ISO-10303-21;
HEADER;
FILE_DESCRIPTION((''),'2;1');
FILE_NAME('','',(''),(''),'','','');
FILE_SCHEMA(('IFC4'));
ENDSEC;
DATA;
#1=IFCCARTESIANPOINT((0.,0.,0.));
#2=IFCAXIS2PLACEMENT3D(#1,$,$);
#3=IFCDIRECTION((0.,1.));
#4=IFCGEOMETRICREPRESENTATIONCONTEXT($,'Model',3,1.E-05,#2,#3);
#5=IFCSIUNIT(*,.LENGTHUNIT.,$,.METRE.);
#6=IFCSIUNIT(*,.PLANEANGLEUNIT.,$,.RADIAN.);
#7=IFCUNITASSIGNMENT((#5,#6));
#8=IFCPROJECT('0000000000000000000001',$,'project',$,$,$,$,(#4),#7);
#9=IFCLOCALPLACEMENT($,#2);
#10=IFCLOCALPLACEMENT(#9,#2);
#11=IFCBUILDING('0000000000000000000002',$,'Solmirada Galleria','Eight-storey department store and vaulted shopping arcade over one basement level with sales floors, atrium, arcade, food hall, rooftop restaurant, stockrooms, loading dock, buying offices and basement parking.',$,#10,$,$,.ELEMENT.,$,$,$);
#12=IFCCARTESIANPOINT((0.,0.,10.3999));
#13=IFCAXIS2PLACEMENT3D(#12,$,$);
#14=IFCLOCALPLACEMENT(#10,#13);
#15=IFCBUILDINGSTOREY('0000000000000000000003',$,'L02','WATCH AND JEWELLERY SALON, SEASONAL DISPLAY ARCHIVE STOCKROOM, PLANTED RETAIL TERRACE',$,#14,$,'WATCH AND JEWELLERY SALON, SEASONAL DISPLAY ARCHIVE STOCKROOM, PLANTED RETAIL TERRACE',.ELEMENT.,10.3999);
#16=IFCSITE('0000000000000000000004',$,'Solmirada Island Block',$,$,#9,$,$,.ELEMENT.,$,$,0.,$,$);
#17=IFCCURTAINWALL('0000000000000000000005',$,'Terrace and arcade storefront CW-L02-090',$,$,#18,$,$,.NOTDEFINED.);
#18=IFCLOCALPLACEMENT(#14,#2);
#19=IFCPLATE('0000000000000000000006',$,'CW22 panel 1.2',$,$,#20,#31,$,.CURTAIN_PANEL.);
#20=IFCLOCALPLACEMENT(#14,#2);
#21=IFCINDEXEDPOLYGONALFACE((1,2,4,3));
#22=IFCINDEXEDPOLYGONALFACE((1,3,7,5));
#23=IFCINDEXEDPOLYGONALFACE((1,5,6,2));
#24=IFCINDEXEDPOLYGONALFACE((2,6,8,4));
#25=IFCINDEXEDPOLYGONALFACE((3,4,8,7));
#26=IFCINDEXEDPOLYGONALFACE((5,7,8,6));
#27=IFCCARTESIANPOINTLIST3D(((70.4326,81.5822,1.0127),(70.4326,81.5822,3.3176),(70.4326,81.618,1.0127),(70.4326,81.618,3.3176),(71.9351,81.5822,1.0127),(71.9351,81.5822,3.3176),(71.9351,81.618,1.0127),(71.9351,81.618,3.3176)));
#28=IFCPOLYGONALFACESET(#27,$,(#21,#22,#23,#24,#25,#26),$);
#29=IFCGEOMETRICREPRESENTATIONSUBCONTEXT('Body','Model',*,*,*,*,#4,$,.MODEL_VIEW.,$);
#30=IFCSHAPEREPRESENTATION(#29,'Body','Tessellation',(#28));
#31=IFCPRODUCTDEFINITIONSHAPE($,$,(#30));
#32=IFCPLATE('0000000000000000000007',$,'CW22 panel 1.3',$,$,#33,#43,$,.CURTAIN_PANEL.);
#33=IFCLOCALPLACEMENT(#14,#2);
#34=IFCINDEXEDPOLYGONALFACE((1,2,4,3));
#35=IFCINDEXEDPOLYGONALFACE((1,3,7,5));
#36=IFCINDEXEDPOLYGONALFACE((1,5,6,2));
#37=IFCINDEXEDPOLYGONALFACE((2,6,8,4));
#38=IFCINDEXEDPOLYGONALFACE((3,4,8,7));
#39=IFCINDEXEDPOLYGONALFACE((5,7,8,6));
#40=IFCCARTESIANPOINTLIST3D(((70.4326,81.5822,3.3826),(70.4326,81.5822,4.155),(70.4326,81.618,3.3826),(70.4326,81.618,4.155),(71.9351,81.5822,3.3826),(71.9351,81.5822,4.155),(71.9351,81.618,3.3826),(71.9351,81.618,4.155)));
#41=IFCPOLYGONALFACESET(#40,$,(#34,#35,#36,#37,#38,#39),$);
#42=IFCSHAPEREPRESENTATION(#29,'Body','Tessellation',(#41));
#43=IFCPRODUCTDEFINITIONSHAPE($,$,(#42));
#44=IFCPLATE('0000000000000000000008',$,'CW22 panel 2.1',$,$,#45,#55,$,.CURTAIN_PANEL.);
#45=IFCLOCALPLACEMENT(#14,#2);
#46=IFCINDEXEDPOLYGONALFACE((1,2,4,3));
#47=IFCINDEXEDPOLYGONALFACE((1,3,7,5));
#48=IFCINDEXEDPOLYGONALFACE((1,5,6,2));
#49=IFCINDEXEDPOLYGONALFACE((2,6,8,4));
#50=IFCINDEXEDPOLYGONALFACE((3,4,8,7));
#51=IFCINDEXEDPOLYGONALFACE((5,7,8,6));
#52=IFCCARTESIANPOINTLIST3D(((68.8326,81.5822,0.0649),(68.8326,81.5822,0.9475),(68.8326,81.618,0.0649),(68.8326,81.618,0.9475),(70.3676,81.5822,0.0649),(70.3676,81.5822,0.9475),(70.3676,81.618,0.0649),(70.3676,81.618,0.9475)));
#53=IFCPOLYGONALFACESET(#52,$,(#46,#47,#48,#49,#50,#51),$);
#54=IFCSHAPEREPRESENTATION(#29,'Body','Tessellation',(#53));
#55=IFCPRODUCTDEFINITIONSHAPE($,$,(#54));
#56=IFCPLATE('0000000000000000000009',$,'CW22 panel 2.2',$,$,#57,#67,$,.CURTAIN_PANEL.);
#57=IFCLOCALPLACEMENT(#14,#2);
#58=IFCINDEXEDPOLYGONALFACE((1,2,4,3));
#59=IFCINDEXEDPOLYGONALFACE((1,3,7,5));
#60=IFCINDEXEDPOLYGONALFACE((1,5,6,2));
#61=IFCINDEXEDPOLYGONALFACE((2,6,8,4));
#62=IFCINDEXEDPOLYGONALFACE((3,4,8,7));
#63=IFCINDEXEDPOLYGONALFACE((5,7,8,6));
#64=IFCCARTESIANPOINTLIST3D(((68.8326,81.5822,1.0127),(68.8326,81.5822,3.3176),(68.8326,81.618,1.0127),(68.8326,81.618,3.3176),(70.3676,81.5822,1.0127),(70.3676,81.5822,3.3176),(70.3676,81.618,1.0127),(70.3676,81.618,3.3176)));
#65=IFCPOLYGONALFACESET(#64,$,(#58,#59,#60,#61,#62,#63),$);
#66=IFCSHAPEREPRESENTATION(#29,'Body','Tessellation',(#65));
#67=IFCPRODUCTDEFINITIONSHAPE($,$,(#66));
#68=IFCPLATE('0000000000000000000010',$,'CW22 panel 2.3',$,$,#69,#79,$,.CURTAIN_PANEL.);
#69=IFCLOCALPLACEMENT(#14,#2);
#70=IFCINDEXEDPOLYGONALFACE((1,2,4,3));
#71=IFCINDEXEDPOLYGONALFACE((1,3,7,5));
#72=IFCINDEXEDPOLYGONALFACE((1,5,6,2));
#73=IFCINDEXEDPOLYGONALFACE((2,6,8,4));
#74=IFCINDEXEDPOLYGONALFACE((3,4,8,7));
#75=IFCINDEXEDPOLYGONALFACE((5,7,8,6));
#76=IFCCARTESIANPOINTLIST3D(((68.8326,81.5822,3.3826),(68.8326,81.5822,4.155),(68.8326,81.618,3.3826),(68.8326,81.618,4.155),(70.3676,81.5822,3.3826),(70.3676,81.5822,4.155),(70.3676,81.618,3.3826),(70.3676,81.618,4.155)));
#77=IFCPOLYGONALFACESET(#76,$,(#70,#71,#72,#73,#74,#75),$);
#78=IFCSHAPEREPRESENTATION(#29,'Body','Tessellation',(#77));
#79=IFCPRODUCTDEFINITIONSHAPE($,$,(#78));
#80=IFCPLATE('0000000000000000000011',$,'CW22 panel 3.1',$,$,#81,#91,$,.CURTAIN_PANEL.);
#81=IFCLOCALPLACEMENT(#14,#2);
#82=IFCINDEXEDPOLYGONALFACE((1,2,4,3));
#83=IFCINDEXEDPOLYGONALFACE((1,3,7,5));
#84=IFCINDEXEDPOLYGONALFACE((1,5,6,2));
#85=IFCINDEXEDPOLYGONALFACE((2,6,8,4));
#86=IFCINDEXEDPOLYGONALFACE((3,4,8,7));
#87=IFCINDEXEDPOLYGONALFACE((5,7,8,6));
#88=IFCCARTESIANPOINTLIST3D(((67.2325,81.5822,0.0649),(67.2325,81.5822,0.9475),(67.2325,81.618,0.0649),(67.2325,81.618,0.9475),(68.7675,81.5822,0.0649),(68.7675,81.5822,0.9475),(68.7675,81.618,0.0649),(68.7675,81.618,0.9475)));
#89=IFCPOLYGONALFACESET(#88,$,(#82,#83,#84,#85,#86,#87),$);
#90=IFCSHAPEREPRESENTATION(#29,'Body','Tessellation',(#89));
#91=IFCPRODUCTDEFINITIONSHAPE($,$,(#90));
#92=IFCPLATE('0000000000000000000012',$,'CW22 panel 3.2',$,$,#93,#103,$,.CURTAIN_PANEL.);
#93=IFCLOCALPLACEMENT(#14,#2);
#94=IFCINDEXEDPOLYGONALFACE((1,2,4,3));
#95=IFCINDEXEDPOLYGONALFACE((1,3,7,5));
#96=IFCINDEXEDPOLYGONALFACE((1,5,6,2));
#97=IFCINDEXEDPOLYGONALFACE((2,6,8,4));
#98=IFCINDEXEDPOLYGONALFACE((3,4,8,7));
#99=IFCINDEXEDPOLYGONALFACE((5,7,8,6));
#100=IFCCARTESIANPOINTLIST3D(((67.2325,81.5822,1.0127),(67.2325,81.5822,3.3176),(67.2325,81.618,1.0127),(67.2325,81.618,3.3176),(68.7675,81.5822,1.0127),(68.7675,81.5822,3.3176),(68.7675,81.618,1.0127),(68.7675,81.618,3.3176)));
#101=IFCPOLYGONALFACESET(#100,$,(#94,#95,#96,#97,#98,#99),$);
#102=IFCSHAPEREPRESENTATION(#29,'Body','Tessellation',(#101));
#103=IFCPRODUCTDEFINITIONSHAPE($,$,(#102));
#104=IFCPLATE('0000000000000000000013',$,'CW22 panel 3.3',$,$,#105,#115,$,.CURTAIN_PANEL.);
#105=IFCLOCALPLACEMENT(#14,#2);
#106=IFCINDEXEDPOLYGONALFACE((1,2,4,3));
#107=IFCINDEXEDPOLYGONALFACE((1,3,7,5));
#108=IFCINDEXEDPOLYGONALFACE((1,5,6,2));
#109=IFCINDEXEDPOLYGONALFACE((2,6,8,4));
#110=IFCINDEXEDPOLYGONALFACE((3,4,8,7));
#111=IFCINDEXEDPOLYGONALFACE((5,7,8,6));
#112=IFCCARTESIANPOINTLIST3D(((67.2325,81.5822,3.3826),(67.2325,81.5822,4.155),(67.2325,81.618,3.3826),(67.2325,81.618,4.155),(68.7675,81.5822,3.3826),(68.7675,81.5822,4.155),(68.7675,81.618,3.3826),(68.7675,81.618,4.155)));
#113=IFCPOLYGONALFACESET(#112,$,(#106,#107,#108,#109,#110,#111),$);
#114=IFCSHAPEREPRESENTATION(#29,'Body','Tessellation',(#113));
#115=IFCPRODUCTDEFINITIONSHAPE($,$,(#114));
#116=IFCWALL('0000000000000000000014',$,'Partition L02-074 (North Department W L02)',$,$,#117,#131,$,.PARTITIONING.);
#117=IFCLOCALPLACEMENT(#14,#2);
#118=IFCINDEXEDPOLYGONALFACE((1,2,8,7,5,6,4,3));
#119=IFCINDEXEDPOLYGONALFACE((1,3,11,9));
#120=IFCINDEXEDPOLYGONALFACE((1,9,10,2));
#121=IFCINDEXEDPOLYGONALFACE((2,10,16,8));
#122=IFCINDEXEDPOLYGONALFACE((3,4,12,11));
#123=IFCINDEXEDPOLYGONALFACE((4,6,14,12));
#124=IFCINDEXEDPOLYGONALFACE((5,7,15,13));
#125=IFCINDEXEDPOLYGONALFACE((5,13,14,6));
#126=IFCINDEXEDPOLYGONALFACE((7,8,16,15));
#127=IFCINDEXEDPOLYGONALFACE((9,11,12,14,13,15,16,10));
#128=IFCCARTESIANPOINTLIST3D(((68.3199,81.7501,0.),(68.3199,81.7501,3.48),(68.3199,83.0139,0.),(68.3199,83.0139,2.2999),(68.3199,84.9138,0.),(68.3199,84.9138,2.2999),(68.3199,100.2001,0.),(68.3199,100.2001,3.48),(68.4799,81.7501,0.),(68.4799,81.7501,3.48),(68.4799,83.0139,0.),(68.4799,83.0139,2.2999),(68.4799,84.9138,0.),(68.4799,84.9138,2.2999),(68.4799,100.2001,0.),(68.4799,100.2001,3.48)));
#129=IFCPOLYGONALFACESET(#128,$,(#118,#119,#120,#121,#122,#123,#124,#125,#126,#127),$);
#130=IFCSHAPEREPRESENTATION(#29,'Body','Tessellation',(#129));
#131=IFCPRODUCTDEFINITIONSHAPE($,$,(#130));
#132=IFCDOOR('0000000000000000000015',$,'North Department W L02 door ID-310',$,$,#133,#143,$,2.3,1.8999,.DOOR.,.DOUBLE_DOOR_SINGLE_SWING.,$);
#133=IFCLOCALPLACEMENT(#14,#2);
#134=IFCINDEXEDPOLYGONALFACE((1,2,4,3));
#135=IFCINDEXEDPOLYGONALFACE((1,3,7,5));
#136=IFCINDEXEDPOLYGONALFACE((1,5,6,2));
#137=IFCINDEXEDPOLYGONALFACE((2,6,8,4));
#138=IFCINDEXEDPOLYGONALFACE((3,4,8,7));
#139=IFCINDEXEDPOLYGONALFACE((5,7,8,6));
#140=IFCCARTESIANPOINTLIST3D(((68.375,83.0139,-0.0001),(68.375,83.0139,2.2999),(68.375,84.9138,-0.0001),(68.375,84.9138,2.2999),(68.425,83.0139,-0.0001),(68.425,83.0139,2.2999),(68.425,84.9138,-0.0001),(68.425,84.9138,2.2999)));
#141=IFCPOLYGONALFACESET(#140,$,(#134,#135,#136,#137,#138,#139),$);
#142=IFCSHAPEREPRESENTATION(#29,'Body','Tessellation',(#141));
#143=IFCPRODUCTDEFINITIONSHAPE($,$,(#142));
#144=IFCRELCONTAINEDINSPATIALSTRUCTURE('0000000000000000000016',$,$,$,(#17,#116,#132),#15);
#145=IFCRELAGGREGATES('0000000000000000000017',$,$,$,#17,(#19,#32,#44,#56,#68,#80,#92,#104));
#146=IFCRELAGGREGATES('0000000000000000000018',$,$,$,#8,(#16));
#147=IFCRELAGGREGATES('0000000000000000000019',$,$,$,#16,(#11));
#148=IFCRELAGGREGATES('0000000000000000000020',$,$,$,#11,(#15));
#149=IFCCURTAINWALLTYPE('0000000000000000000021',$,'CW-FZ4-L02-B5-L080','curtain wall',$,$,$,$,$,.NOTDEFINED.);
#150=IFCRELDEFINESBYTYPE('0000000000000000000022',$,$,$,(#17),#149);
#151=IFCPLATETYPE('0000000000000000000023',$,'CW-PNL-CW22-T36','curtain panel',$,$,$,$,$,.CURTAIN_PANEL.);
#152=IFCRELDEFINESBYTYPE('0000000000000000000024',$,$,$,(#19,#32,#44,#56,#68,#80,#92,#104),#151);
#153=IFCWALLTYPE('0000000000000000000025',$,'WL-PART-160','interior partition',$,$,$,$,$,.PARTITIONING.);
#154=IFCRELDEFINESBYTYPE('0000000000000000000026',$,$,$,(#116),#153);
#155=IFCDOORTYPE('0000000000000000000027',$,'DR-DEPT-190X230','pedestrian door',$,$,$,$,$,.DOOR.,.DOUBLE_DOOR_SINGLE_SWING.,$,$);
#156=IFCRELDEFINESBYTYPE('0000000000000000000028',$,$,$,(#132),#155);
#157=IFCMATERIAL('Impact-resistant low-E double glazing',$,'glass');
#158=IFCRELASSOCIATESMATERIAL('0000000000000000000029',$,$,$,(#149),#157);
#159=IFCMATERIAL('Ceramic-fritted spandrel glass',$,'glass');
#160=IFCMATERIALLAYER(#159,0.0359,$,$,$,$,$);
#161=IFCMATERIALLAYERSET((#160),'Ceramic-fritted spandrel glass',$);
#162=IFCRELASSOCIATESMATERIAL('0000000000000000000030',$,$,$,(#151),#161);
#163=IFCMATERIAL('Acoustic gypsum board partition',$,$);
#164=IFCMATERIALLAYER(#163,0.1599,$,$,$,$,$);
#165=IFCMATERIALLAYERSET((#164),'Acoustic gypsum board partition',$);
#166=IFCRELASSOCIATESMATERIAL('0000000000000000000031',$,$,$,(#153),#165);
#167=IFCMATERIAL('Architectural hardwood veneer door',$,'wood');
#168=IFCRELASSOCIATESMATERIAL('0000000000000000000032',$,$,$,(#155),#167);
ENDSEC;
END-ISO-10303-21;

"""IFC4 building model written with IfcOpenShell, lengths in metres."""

from ifc_helpers import new_model, si_unit, direction, frame, frame_2d, origin, origin_2d, place, context, subcontext, project, spatial, rectangle, extrude, material, layer, layer_set, type_object, element, fill, aggregate, save


model = new_model("IFC4")

# Units and contexts
model_context = context("Model", 3, precision=1e-05, world=origin(), true_north=direction((0.0, 1.0)))
body_context = subcontext(model_context, "Body", "Model", "MODEL_VIEW")
ifc_project = project(units=[si_unit("LENGTHUNIT", "METRE"), si_unit("PLANEANGLEUNIT", "RADIAN")], contexts=[model_context])

# Site, building, storey
site_placement = place(None, origin())
site = spatial("IfcSite", under=ifc_project, at=site_placement, Name="Solmirada Island Block", CompositionType="ELEMENT", RefElevation=0.0)
building_placement = place(site_placement, origin())
building = spatial("IfcBuilding", under=site, at=building_placement, Name="Solmirada Galleria", Description="Eight-storey department store and vaulted shopping arcade over one basement level with sales floors, atrium, arcade, food hall, rooftop restaurant, stockrooms, loading dock, buying offices and basement parking.", CompositionType="ELEMENT")
storey_placement = place(building_placement, frame((0.0, 0.0, 10.3999)))
storey = spatial("IfcBuildingStorey", under=building, at=storey_placement, Name="L02", Description="WATCH AND JEWELLERY SALON, SEASONAL DISPLAY ARCHIVE STOCKROOM, PLANTED RETAIL TERRACE", LongName="WATCH AND JEWELLERY SALON, SEASONAL DISPLAY ARCHIVE STOCKROOM, PLANTED RETAIL TERRACE", CompositionType="ELEMENT", Elevation=10.3999)

# Shared definitions
ifc_material_1 = material(Name="Impact-resistant low-E double glazing", Category="glass")
curtain_wall_type = type_object("IfcCurtainWallType", Name="CW-FZ4-L02-B5-L080", Description="curtain wall", PredefinedType="NOTDEFINED", material=ifc_material_1)

# Curtain wall
curtain_wall_1_placement = place(storey_placement, origin())
curtain_wall_1 = element("IfcCurtainWall", 1, at=curtain_wall_1_placement, inside=storey, type_object=curtain_wall_type, Name="Terrace and arcade storefront CW-L02-090", PredefinedType="NOTDEFINED")

# Plates
ifc_material_2 = material(Name="Ceramic-fritted spandrel glass", Category="glass")
ifc_layer_1 = layer(ifc_material_2, 0.0359)
ifc_layer_set_1 = layer_set([ifc_layer_1], Name="Ceramic-fritted spandrel glass")
plate_type = type_object("IfcPlateType", Name="CW-PNL-CW22-T36", Description="curtain panel", PredefinedType="CURTAIN_PANEL", material=ifc_layer_set_1)
plate_1_placement = place(storey_placement, frame((71.1838, 81.6001, 1.0127), z_axis=(0.0, 0.0, 1.0), x_axis=(-1.0, 0.0, 0.0)))
plate_1 = element("IfcPlate", 2, at=plate_1_placement, type_object=plate_type, Name="CW22 panel 1.2", PredefinedType="CURTAIN_PANEL", context=body_context, shape_type="SweptSolid", body=[
    extrude(rectangle(XDim=1.5024, YDim=0.0359, at=origin_2d()), origin(), (0.0, 0.0, 1.0), 2.3049),
])
plate_2_placement = place(storey_placement, frame((71.1838, 81.6001, 3.3826), z_axis=(0.0, 0.0, 1.0), x_axis=(-1.0, 0.0, 0.0)))
plate_2 = element("IfcPlate", 3, at=plate_2_placement, type_object=plate_type, Name="CW22 panel 1.3", PredefinedType="CURTAIN_PANEL", context=body_context, shape_type="SweptSolid", body=[
    extrude(rectangle(XDim=1.5024, YDim=0.0359, at=origin_2d()), origin(), (0.0, 0.0, 1.0), 0.7725),
])
plate_3_placement = place(storey_placement, frame((69.6001, 81.6001, 0.0649), z_axis=(0.0, 0.0, 1.0), x_axis=(-1.0, 0.0, 0.0)))
plate_3 = element("IfcPlate", 4, at=plate_3_placement, type_object=plate_type, Name="CW22 panel 2.1", PredefinedType="CURTAIN_PANEL", context=body_context, shape_type="SweptSolid", body=[
    extrude(rectangle(XDim=1.5349, YDim=0.0359, at=origin_2d()), origin(), (0.0, 0.0, 1.0), 0.8826),
])
plate_4_placement = place(storey_placement, frame((69.6001, 81.6001, 1.0127), z_axis=(0.0, 0.0, 1.0), x_axis=(-1.0, 0.0, 0.0)))
plate_4 = element("IfcPlate", 5, at=plate_4_placement, type_object=plate_type, Name="CW22 panel 2.2", PredefinedType="CURTAIN_PANEL", context=body_context, shape_type="SweptSolid", body=[
    extrude(rectangle(XDim=1.5349, YDim=0.0359, at=origin_2d()), origin(), (0.0, 0.0, 1.0), 2.3049),
])
plate_5_placement = place(storey_placement, frame((69.6001, 81.6001, 3.3826), z_axis=(0.0, 0.0, 1.0), x_axis=(-1.0, 0.0, 0.0)))
plate_5 = element("IfcPlate", 6, at=plate_5_placement, type_object=plate_type, Name="CW22 panel 2.3", PredefinedType="CURTAIN_PANEL", context=body_context, shape_type="SweptSolid", body=[
    extrude(rectangle(XDim=1.5349, YDim=0.0359, at=origin_2d()), origin(), (0.0, 0.0, 1.0), 0.7725),
])
plate_6_placement = place(storey_placement, frame((68.0, 81.6001, 0.0649), z_axis=(0.0, 0.0, 1.0), x_axis=(-1.0, 0.0, 0.0)))
plate_6 = element("IfcPlate", 7, at=plate_6_placement, type_object=plate_type, Name="CW22 panel 3.1", PredefinedType="CURTAIN_PANEL", context=body_context, shape_type="SweptSolid", body=[
    extrude(rectangle(XDim=1.5349, YDim=0.0359, at=origin_2d()), origin(), (0.0, 0.0, 1.0), 0.8826),
])
plate_7_placement = place(storey_placement, frame((68.0, 81.6001, 1.0127), z_axis=(0.0, 0.0, 1.0), x_axis=(-1.0, 0.0, 0.0)))
plate_7 = element("IfcPlate", 8, at=plate_7_placement, type_object=plate_type, Name="CW22 panel 3.2", PredefinedType="CURTAIN_PANEL", context=body_context, shape_type="SweptSolid", body=[
    extrude(rectangle(XDim=1.5349, YDim=0.0359, at=origin_2d()), origin(), (0.0, 0.0, 1.0), 2.3049),
])
plate_8_placement = place(storey_placement, frame((68.0, 81.6001, 3.3826), z_axis=(0.0, 0.0, 1.0), x_axis=(-1.0, 0.0, 0.0)))
plate_8 = element("IfcPlate", 9, at=plate_8_placement, type_object=plate_type, Name="CW22 panel 3.3", PredefinedType="CURTAIN_PANEL", context=body_context, shape_type="SweptSolid", body=[
    extrude(rectangle(XDim=1.5349, YDim=0.0359, at=origin_2d()), origin(), (0.0, 0.0, 1.0), 0.7725),
])
aggregate(curtain_wall_1, [plate_1, plate_2, plate_3, plate_4, plate_5, plate_6, plate_7, plate_8])

# Wall, opening, door
ifc_material_3 = material(Name="Acoustic gypsum board partition")
ifc_layer_2 = layer(ifc_material_3, 0.1599)
ifc_layer_set_2 = layer_set([ifc_layer_2], Name="Acoustic gypsum board partition")
wall_type = type_object("IfcWallType", Name="WL-PART-160", Description="interior partition", PredefinedType="PARTITIONING", material=ifc_layer_set_2)
wall_placement = place(storey_placement, frame((68.3999, 81.75, 0.0), z_axis=(0.0, 0.0, 1.0), x_axis=(0.0, 1.0, 0.0)))
wall = element("IfcWall", 10, at=wall_placement, inside=storey, type_object=wall_type, Name="Partition L02-074 (North Department W L02)", PredefinedType="PARTITIONING", context=body_context, shape_type="SweptSolid", body=[
    extrude(rectangle(XDim=18.45, YDim=0.1599, at=frame_2d((9.2251, 0.0))), origin(), (0.0, 0.0, 1.0), 3.48),
])
opening_placement = place(wall_placement, frame((1.2639, 0.0, 0.0)))
opening = element("IfcOpeningElement", 11, at=opening_placement, cuts=wall, PredefinedType="OPENING", context=body_context, shape_type="SweptSolid", body=[
    extrude(rectangle(XDim=1.8999, YDim=2.3, at=frame_2d((0.95, 1.1499))), frame((0.0, 0.0898, 0.0), z_axis=(0.0, -1.0, 0.0), x_axis=(1.0, 0.0, 0.0)), (0.0, 0.0, 1.0), 0.1799),
])
ifc_material_4 = material(Name="Architectural hardwood veneer door", Category="wood")
door_type = type_object("IfcDoorType", Name="DR-DEPT-190X230", Description="pedestrian door", OperationType="DOUBLE_DOOR_SINGLE_SWING", PredefinedType="DOOR", material=ifc_material_4)
door_placement = place(opening_placement, origin())
door = element("IfcDoor", 12, at=door_placement, inside=storey, type_object=door_type, Name="North Department W L02 door ID-310", OperationType="DOUBLE_DOOR_SINGLE_SWING", OverallHeight=2.3, OverallWidth=1.8999, PredefinedType="DOOR", context=body_context, shape_type="SweptSolid", body=[
    extrude(rectangle(XDim=1.8999, YDim=2.3, at=frame_2d((0.95, 1.1499))), frame((0.0, 0.0249, 0.0), z_axis=(0.0, -1.0, 0.0), x_axis=(1.0, 0.0, 0.0)), (0.0, 0.0, 1.0), 0.05),
])
fill(opening, door)

save(model, "model.ifc")
